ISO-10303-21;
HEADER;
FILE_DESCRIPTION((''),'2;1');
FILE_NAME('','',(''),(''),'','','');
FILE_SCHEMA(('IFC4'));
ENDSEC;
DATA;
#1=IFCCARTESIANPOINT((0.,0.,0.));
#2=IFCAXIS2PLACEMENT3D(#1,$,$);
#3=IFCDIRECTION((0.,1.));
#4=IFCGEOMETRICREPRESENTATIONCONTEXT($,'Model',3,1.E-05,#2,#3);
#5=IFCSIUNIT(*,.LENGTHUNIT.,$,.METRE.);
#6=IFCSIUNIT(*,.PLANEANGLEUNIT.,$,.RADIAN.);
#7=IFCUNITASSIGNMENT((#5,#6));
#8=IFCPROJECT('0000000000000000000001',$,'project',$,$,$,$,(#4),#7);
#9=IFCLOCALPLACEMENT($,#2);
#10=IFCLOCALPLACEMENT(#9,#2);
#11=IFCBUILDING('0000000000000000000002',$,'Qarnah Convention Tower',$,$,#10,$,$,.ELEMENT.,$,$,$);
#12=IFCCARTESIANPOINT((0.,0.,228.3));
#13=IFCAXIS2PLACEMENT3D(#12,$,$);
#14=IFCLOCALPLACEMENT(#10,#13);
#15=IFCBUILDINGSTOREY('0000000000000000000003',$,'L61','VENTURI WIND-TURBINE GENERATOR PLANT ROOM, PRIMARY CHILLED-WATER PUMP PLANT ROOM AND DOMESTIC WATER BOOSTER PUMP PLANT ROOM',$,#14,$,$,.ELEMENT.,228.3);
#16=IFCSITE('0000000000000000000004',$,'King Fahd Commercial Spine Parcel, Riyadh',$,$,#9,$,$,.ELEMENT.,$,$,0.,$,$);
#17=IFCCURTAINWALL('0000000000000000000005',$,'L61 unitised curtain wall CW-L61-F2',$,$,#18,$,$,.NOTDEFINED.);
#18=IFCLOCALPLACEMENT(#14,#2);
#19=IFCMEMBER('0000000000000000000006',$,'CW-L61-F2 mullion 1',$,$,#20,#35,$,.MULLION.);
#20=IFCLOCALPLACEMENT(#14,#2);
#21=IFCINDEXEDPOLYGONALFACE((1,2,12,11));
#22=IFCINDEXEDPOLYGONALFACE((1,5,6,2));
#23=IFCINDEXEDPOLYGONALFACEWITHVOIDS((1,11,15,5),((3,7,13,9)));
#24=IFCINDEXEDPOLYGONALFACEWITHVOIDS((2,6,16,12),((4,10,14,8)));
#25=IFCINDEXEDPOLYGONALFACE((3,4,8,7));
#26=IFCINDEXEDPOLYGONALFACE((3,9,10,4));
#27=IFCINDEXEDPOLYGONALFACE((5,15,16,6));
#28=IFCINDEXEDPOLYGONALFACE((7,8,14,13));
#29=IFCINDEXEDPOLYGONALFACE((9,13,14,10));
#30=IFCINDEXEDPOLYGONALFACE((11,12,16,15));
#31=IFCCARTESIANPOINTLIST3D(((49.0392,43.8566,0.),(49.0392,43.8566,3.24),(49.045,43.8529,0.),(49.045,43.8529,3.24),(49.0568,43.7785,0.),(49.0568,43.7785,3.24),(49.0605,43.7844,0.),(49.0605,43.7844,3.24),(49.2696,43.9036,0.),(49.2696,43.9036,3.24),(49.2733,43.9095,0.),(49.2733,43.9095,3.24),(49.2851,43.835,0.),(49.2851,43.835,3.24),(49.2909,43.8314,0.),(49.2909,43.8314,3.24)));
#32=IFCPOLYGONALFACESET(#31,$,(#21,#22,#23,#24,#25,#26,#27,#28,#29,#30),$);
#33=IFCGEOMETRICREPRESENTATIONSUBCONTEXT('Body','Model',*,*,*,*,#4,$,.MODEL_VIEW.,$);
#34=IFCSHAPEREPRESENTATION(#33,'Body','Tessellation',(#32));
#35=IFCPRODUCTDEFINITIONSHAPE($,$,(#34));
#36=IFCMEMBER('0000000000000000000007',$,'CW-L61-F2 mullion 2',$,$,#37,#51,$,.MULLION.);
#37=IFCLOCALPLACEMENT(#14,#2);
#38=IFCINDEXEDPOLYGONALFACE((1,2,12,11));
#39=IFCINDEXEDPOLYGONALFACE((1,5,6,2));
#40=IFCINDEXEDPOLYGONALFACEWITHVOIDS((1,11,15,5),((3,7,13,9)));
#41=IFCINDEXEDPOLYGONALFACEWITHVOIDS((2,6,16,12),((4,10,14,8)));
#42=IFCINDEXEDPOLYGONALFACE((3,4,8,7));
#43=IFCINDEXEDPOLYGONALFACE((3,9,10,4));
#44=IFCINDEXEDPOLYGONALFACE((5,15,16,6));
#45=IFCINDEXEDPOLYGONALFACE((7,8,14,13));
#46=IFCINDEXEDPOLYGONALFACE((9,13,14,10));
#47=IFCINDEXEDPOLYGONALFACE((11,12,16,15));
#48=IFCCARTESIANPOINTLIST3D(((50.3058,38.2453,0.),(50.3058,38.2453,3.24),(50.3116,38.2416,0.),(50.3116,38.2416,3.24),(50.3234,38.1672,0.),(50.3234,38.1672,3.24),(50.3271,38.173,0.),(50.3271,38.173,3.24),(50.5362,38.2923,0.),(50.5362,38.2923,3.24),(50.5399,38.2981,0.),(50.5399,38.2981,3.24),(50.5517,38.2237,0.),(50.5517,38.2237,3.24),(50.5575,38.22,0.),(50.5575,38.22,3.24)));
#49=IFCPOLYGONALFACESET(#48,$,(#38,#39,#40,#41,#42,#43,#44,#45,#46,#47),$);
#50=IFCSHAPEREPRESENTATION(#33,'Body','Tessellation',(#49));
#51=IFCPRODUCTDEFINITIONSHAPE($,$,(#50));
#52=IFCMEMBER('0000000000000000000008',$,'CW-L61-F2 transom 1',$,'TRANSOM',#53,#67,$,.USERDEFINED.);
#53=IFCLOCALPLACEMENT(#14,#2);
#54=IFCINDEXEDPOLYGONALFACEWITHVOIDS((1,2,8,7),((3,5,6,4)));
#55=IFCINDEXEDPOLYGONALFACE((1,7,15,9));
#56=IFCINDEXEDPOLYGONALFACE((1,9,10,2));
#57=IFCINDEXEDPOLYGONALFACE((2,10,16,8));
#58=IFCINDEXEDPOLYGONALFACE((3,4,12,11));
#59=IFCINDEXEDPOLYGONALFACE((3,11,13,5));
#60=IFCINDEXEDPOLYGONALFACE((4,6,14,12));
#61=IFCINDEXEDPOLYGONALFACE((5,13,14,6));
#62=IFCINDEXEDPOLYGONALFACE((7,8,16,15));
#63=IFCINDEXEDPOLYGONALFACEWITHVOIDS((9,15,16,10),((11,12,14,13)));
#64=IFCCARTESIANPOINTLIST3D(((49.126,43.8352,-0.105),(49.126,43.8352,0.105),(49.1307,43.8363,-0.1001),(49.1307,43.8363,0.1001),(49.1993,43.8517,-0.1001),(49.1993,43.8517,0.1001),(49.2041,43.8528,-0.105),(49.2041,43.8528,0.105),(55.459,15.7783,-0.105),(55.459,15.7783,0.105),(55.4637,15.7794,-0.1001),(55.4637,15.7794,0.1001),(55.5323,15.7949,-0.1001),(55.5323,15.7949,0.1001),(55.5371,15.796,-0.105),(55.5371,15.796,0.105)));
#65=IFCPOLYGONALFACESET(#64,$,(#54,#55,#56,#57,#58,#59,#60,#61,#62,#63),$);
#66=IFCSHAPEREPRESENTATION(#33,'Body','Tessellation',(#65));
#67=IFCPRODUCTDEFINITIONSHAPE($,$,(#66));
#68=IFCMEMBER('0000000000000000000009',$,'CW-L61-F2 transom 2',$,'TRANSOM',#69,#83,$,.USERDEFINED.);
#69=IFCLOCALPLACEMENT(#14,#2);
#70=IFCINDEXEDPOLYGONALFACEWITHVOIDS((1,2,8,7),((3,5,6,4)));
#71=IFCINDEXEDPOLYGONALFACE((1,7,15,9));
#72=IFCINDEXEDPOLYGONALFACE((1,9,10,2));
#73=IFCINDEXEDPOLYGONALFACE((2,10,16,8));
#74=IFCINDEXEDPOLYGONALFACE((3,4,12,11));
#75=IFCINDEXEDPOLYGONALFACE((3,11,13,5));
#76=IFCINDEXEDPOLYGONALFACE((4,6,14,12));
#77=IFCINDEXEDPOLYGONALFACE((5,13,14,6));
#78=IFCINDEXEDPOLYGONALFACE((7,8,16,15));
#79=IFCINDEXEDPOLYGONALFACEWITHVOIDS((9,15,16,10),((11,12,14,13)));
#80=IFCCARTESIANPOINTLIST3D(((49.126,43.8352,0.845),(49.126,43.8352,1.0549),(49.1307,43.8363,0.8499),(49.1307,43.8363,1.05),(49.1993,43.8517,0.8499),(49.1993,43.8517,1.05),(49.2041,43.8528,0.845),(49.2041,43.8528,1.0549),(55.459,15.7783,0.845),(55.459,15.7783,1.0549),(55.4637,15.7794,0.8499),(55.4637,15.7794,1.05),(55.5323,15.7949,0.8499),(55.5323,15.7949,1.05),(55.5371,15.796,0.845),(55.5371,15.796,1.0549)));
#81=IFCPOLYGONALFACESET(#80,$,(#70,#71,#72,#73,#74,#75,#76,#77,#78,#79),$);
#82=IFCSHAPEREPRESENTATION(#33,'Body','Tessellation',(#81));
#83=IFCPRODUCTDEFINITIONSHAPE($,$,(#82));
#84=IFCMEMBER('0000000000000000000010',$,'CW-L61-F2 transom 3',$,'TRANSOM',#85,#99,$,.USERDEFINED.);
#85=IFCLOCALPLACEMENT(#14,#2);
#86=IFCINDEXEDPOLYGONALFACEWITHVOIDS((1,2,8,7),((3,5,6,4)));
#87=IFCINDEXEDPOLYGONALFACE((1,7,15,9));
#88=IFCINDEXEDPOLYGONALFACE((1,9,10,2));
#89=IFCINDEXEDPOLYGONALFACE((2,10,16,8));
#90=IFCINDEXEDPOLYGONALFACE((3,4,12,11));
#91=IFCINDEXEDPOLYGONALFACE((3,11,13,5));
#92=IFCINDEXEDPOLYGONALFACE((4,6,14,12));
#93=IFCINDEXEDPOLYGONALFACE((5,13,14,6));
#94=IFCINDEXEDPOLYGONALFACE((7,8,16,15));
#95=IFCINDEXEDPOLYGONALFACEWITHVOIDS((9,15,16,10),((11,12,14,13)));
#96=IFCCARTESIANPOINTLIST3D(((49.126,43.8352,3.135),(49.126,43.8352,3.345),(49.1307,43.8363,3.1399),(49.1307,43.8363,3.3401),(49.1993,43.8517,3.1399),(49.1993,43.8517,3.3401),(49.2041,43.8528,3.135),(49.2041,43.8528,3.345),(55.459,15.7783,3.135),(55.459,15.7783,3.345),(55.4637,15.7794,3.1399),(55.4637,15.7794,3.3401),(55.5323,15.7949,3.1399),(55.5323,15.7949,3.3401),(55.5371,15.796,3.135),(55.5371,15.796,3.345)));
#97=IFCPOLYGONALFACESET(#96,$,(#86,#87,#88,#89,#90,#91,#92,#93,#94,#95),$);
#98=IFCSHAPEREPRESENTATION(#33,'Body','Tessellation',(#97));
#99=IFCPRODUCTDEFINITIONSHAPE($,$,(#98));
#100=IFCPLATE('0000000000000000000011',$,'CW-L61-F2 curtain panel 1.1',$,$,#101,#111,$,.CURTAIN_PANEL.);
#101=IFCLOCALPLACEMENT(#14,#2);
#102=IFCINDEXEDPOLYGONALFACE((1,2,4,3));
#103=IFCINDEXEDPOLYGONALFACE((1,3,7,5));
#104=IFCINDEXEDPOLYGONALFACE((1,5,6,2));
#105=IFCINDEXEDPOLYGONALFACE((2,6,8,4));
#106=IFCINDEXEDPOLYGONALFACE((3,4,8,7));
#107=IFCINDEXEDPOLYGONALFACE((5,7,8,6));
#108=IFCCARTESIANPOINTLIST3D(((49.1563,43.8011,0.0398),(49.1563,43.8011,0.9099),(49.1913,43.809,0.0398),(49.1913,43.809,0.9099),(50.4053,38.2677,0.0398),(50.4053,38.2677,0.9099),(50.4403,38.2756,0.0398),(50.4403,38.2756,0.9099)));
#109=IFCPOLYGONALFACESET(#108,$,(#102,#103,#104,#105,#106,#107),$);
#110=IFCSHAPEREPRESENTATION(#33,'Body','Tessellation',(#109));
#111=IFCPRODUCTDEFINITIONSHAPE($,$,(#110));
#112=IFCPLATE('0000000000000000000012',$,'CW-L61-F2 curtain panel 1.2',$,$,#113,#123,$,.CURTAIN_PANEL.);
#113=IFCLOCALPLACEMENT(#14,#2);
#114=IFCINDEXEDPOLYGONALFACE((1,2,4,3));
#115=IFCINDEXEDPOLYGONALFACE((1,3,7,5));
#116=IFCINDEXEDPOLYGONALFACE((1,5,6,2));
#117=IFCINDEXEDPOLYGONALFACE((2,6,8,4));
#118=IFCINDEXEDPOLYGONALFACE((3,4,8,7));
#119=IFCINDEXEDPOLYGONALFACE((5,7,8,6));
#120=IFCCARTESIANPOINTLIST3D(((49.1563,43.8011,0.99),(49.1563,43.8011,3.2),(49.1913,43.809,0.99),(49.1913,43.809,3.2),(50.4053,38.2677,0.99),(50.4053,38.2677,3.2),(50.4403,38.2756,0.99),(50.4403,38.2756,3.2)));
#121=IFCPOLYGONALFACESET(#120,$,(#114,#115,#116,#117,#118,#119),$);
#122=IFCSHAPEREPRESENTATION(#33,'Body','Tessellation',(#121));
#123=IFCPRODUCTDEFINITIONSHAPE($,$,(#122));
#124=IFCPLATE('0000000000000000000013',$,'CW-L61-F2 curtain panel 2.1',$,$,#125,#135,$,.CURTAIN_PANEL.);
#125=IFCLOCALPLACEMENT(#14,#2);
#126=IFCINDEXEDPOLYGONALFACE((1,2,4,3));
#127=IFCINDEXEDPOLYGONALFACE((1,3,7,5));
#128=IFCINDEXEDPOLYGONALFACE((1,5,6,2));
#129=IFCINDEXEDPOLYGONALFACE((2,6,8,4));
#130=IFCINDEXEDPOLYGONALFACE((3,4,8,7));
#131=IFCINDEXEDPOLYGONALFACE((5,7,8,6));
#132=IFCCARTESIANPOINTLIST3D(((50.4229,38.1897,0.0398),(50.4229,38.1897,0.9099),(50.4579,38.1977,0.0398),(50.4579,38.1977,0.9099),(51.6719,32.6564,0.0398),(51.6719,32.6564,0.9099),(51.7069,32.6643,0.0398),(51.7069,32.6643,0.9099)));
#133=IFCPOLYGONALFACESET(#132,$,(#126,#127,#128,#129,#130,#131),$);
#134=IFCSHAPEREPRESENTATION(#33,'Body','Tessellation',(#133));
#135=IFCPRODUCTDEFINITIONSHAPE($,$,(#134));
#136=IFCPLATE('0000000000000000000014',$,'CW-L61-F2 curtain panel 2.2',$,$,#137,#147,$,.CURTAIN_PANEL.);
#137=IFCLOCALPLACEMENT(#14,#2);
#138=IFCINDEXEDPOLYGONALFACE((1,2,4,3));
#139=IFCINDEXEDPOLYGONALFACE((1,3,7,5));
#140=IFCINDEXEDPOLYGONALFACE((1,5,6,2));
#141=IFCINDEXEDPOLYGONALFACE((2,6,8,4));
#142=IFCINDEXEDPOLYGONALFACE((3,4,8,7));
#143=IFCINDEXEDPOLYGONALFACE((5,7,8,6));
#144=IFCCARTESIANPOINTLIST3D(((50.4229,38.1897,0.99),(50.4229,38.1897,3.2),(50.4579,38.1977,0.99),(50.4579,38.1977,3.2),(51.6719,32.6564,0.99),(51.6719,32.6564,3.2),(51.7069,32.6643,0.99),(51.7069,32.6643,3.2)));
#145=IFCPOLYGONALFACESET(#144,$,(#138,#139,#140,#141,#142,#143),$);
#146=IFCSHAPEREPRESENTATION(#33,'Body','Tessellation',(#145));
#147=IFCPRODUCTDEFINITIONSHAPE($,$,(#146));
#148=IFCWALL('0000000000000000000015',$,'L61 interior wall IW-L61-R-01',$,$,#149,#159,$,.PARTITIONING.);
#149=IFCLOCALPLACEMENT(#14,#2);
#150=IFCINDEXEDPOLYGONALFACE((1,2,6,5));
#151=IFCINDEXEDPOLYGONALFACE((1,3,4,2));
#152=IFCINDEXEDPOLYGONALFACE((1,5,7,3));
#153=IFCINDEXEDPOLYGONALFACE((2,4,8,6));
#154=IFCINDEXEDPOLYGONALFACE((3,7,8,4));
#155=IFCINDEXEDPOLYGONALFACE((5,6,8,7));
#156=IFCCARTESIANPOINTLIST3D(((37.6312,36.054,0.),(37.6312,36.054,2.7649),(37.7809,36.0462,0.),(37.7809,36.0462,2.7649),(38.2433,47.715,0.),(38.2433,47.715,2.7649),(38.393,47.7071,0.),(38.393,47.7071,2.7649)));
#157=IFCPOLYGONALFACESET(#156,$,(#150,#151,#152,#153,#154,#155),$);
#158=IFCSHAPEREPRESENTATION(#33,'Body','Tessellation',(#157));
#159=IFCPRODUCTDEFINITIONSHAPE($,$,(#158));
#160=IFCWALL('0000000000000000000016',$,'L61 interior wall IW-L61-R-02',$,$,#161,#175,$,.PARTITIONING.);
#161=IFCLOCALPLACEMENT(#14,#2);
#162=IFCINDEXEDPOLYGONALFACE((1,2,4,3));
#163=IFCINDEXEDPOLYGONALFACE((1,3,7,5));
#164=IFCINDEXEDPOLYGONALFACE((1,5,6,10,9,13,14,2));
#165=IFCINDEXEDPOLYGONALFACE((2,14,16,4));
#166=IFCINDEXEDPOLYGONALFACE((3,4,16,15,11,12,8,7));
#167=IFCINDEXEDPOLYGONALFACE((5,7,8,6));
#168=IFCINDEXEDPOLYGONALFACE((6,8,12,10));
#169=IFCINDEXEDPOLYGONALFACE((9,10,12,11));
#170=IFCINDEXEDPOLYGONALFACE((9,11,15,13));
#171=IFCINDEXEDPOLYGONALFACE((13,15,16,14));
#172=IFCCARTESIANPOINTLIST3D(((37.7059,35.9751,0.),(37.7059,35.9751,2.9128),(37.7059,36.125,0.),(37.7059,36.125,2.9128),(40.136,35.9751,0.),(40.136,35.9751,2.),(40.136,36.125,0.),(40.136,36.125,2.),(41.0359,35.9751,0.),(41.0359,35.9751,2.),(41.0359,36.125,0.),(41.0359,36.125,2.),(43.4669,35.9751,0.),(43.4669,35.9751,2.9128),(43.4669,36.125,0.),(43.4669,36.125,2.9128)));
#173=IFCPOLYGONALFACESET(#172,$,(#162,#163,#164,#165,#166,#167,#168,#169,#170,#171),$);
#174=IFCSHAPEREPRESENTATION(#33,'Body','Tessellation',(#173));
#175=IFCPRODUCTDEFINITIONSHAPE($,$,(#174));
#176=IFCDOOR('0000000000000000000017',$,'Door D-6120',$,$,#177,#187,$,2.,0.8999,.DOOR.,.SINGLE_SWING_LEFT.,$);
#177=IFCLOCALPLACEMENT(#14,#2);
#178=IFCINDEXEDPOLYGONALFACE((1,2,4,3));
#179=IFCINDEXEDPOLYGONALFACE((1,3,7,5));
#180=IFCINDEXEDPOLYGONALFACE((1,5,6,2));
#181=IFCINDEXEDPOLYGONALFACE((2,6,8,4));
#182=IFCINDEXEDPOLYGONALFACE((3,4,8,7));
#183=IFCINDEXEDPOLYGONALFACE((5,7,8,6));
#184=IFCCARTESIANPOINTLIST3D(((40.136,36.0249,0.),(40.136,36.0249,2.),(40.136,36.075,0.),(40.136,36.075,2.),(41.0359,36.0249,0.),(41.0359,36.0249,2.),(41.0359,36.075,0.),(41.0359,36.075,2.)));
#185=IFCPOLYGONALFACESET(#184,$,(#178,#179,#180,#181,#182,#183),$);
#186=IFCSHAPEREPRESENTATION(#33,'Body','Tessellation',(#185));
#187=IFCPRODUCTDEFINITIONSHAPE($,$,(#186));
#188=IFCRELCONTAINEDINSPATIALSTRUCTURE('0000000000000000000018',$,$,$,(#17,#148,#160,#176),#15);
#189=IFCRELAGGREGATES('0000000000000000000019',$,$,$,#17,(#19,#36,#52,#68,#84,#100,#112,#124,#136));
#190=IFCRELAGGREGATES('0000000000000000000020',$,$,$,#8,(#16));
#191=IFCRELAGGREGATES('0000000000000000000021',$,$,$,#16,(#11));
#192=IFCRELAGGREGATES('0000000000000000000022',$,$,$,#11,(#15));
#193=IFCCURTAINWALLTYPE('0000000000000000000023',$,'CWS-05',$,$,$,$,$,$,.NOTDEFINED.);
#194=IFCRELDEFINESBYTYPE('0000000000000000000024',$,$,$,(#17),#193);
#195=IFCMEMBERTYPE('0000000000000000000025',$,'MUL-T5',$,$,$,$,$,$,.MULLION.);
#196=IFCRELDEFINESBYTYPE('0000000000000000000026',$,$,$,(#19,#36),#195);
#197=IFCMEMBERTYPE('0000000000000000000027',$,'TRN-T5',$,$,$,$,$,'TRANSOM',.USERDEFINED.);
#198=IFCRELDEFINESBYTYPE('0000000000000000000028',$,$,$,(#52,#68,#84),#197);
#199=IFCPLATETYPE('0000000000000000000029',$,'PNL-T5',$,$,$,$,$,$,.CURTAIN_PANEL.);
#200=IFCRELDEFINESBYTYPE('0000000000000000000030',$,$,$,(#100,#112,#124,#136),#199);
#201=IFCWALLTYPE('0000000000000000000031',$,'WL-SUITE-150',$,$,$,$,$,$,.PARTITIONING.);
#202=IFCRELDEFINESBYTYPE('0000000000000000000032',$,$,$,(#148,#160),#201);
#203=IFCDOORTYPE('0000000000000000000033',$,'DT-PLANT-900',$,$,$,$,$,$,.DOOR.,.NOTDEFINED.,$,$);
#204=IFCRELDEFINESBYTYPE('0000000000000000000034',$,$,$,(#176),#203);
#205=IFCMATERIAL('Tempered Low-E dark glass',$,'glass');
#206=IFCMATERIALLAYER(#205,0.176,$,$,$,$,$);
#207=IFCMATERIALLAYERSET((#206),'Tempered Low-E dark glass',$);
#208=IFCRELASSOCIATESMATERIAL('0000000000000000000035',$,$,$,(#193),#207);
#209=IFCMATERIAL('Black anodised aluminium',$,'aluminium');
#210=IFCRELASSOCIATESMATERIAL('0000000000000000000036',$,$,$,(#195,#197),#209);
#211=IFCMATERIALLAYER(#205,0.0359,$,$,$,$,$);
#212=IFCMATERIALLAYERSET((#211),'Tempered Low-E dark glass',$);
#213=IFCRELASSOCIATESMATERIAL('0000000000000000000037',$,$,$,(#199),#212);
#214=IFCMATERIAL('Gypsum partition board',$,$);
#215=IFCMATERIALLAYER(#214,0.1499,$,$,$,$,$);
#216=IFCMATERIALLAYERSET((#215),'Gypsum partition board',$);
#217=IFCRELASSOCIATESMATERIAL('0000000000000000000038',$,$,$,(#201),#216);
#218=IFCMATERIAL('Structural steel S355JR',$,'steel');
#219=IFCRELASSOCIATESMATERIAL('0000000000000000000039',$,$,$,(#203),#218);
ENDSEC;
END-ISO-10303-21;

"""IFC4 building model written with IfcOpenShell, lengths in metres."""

from ifc_helpers import new_model, si_unit, direction, frame, frame_2d, origin, origin_2d, place, context, subcontext, project, spatial, rectangle, hollow_rectangle, extrude, material, layer, layer_set, material_profile, profile_set, type_object, element, fill, aggregate, save


model = new_model("IFC4")

# Units and contexts
model_context = context("Model", 3, precision=1e-05, world=origin(), true_north=direction((0.0, 1.0)))
body_context = subcontext(model_context, "Body", "Model", "MODEL_VIEW")
ifc_project = project(units=[si_unit("LENGTHUNIT", "METRE"), si_unit("PLANEANGLEUNIT", "RADIAN")], contexts=[model_context])

# Site, building, storey
site_placement = place(None, origin())
site = spatial("IfcSite", under=ifc_project, at=site_placement, Name="King Fahd Commercial Spine Parcel, Riyadh", CompositionType="ELEMENT", RefElevation=0.0)
building_placement = place(site_placement, origin())
building = spatial("IfcBuilding", under=site, at=building_placement, Name="Qarnah Convention Tower", CompositionType="ELEMENT")
storey_placement = place(building_placement, frame((0.0, 0.0, 228.3)))
storey = spatial("IfcBuildingStorey", under=building, at=storey_placement, Name="L61", Description="VENTURI WIND-TURBINE GENERATOR PLANT ROOM, PRIMARY CHILLED-WATER PUMP PLANT ROOM AND DOMESTIC WATER BOOSTER PUMP PLANT ROOM", CompositionType="ELEMENT", Elevation=228.3)

# Shared definitions
ifc_material_1 = material(Name="Structural steel S355JR", Category="steel")

# Shared definitions
ifc_material_2 = material(Name="Tempered Low-E dark glass", Category="glass")
ifc_layer_1 = layer(ifc_material_2, 0.176)
ifc_layer_set_1 = layer_set([ifc_layer_1], Name="Tempered Low-E dark glass")
curtain_wall_type = type_object("IfcCurtainWallType", Name="CWS-05", PredefinedType="NOTDEFINED", material=ifc_layer_set_1)
ifc_material_3 = material(Name="Black anodised aluminium", Category="aluminium")
ifc_material_profile_1 = material_profile(ifc_material_3, hollow_rectangle(XDim=0.0801, YDim=0.24, WallThickness=0.0049, at=origin_2d()), Name="MUL-80X240")
ifc_profile_set_1 = profile_set([ifc_material_profile_1], Name="Black anodised aluminium")
member_type_1 = type_object("IfcMemberType", Name="MUL-T5", PredefinedType="MULLION", material=ifc_profile_set_1)

# Curtain wall, members, plates
curtain_wall_1_placement = place(storey_placement, origin())
curtain_wall_1 = element("IfcCurtainWall", 1, at=curtain_wall_1_placement, inside=storey, type_object=curtain_wall_type, Name="L61 unitised curtain wall CW-L61-F2", PredefinedType="NOTDEFINED")
member_1_placement = place(storey_placement, frame((49.165, 43.844, 0.0), z_axis=(0.0, 0.0, 1.0), x_axis=(0.22018, -0.975459, 0.0)))
member_1 = element("IfcMember", 2, at=member_1_placement, type_object=member_type_1, Name="CW-L61-F2 mullion 1", PredefinedType="MULLION", context=body_context, shape_type="SweptSolid", body=[
    extrude(hollow_rectangle(XDim=0.0801, YDim=0.24, WallThickness=0.0049, at=origin_2d()), origin(), (0.0, 0.0, 1.0), 3.24),
])
member_2_placement = place(storey_placement, frame((50.4316, 38.2327, 0.0), z_axis=(0.0, 0.0, 1.0), x_axis=(0.22018, -0.975459, 0.0)))
member_2 = element("IfcMember", 3, at=member_2_placement, type_object=member_type_1, Name="CW-L61-F2 mullion 2", PredefinedType="MULLION", context=body_context, shape_type="SweptSolid", body=[
    extrude(hollow_rectangle(XDim=0.0801, YDim=0.24, WallThickness=0.0049, at=origin_2d()), origin(), (0.0, 0.0, 1.0), 3.24),
])
ifc_material_profile_2 = material_profile(ifc_material_3, hollow_rectangle(XDim=0.0801, YDim=0.21, WallThickness=0.0049, at=origin_2d()), Name="TRN-80X210")
ifc_profile_set_2 = profile_set([ifc_material_profile_2], Name="Black anodised aluminium")
member_type_2 = type_object("IfcMemberType", Name="TRN-T5", ElementType="TRANSOM", PredefinedType="USERDEFINED", material=ifc_profile_set_2)
member_3_placement = place(storey_placement, frame((49.165, 43.844, 0.0), z_axis=(0.220181, -0.975459, 0.0), x_axis=(0.975459, 0.220181, 0.0)))
member_3 = element("IfcMember", 4, at=member_3_placement, type_object=member_type_2, Name="CW-L61-F2 transom 1", ObjectType="TRANSOM", PredefinedType="USERDEFINED", context=body_context, shape_type="SweptSolid", body=[
    extrude(hollow_rectangle(XDim=0.0801, YDim=0.21, WallThickness=0.0049, at=origin_2d()), origin(), (0.0, 0.0, 1.0), 28.7627),
])
member_4_placement = place(storey_placement, frame((49.165, 43.844, 0.95), z_axis=(0.220181, -0.975459, 0.0), x_axis=(0.975459, 0.220181, 0.0)))
member_4 = element("IfcMember", 5, at=member_4_placement, type_object=member_type_2, Name="CW-L61-F2 transom 2", ObjectType="TRANSOM", PredefinedType="USERDEFINED", context=body_context, shape_type="SweptSolid", body=[
    extrude(hollow_rectangle(XDim=0.0801, YDim=0.21, WallThickness=0.0049, at=origin_2d()), origin(), (0.0, 0.0, 1.0), 28.7627),
])
member_5_placement = place(storey_placement, frame((49.165, 43.844, 3.24), z_axis=(0.220181, -0.975459, 0.0), x_axis=(0.975459, 0.220181, 0.0)))
member_5 = element("IfcMember", 6, at=member_5_placement, type_object=member_type_2, Name="CW-L61-F2 transom 3", ObjectType="TRANSOM", PredefinedType="USERDEFINED", context=body_context, shape_type="SweptSolid", body=[
    extrude(hollow_rectangle(XDim=0.0801, YDim=0.21, WallThickness=0.0049, at=origin_2d()), origin(), (0.0, 0.0, 1.0), 28.7627),
])
ifc_layer_2 = layer(ifc_material_2, 0.0359)
ifc_layer_set_2 = layer_set([ifc_layer_2], Name="Tempered Low-E dark glass")
plate_type = type_object("IfcPlateType", Name="PNL-T5", PredefinedType="CURTAIN_PANEL", material=ifc_layer_set_2)
plate_1_placement = place(storey_placement, frame((49.7983, 41.0383, 0.0398), z_axis=(0.0, 0.0, 1.0), x_axis=(0.22018, -0.975459, 0.0)))
plate_1 = element("IfcPlate", 7, at=plate_1_placement, type_object=plate_type, Name="CW-L61-F2 curtain panel 1.1", PredefinedType="CURTAIN_PANEL", context=body_context, shape_type="SweptSolid", body=[
    extrude(rectangle(XDim=5.6726, YDim=0.0359, at=origin_2d()), origin(), (0.0, 0.0, 1.0), 0.8701),
])
plate_2_placement = place(storey_placement, frame((49.7983, 41.0383, 0.99), z_axis=(0.0, 0.0, 1.0), x_axis=(0.22018, -0.975459, 0.0)))
plate_2 = element("IfcPlate", 8, at=plate_2_placement, type_object=plate_type, Name="CW-L61-F2 curtain panel 1.2", PredefinedType="CURTAIN_PANEL", context=body_context, shape_type="SweptSolid", body=[
    extrude(rectangle(XDim=5.6726, YDim=0.0359, at=origin_2d()), origin(), (0.0, 0.0, 1.0), 2.21),
])
plate_3_placement = place(storey_placement, frame((51.0649, 35.427, 0.0398), z_axis=(0.0, 0.0, 1.0), x_axis=(0.22018, -0.975459, 0.0)))
plate_3 = element("IfcPlate", 9, at=plate_3_placement, type_object=plate_type, Name="CW-L61-F2 curtain panel 2.1", PredefinedType="CURTAIN_PANEL", context=body_context, shape_type="SweptSolid", body=[
    extrude(rectangle(XDim=5.6726, YDim=0.0359, at=origin_2d()), origin(), (0.0, 0.0, 1.0), 0.8701),
])
plate_4_placement = place(storey_placement, frame((51.0649, 35.427, 0.99), z_axis=(0.0, 0.0, 1.0), x_axis=(0.22018, -0.975459, 0.0)))
plate_4 = element("IfcPlate", 10, at=plate_4_placement, type_object=plate_type, Name="CW-L61-F2 curtain panel 2.2", PredefinedType="CURTAIN_PANEL", context=body_context, shape_type="SweptSolid", body=[
    extrude(rectangle(XDim=5.6726, YDim=0.0359, at=origin_2d()), origin(), (0.0, 0.0, 1.0), 2.21),
])
aggregate(curtain_wall_1, [member_1, member_2, member_3, member_4, member_5, plate_1, plate_2, plate_3, plate_4])

# Wall
ifc_material_4 = material(Name="Gypsum partition board")
ifc_layer_3 = layer(ifc_material_4, 0.1499)
ifc_layer_set_3 = layer_set([ifc_layer_3], Name="Gypsum partition board")
wall_type = type_object("IfcWallType", Name="WL-SUITE-150", PredefinedType="PARTITIONING", material=ifc_layer_set_3)
wall_1_placement = place(storey_placement, frame((38.3181, 47.7109, 0.0), z_axis=(0.0, 0.0, 1.0), x_axis=(-0.052416, -0.998625, 0.0)))
element("IfcWall", 11, at=wall_1_placement, inside=storey, type_object=wall_type, Name="L61 interior wall IW-L61-R-01", PredefinedType="PARTITIONING", context=body_context, shape_type="SweptSolid", body=[
    extrude(rectangle(XDim=11.677, YDim=0.1499, at=frame_2d((5.8384, 0.0))), origin(), (0.0, 0.0, 1.0), 2.7649),
])

# Wall, opening, door
wall_2_placement = place(storey_placement, frame((37.7061, 36.05, 0.0), z_axis=(0.0, 0.0, 1.0), x_axis=(1.0, 0.0, 0.0)))
wall_2 = element("IfcWall", 12, at=wall_2_placement, inside=storey, type_object=wall_type, Name="L61 interior wall IW-L61-R-02", PredefinedType="PARTITIONING", context=body_context, shape_type="SweptSolid", body=[
    extrude(rectangle(XDim=5.761, YDim=0.1499, at=frame_2d((2.8804, 0.0))), origin(), (0.0, 0.0, 1.0), 2.9128),
])
opening_1_placement = place(wall_2_placement, frame((2.4299, 0.0, 0.0)))
opening_1 = element("IfcOpeningElement", 13, at=opening_1_placement, cuts=wall_2, PredefinedType="OPENING", context=body_context, shape_type="SweptSolid", body=[
    extrude(rectangle(XDim=0.8999, YDim=2.0, at=frame_2d((0.45, 1.0))), frame((0.0, 0.085, 0.0), z_axis=(0.0, -1.0, 0.0), x_axis=(1.0, 0.0, 0.0)), (0.0, 0.0, 1.0), 0.1699),
])
door_type = type_object("IfcDoorType", Name="DT-PLANT-900", OperationType="NOTDEFINED", PredefinedType="DOOR", material=ifc_material_1)
door_1_placement = place(opening_1_placement, origin())
door_1 = element("IfcDoor", 14, at=door_1_placement, inside=storey, type_object=door_type, Name="Door D-6120", OperationType="SINGLE_SWING_LEFT", OverallHeight=2.0, OverallWidth=0.8999, PredefinedType="DOOR", context=body_context, shape_type="SweptSolid", body=[
    extrude(rectangle(XDim=0.8999, YDim=2.0, at=frame_2d((0.45, 1.0))), frame((0.0, 0.0249, 0.0), z_axis=(0.0, -1.0, 0.0), x_axis=(1.0, 0.0, 0.0)), (0.0, 0.0, 1.0), 0.05),
])
fill(opening_1, door_1)

save(model, "model.ifc")
